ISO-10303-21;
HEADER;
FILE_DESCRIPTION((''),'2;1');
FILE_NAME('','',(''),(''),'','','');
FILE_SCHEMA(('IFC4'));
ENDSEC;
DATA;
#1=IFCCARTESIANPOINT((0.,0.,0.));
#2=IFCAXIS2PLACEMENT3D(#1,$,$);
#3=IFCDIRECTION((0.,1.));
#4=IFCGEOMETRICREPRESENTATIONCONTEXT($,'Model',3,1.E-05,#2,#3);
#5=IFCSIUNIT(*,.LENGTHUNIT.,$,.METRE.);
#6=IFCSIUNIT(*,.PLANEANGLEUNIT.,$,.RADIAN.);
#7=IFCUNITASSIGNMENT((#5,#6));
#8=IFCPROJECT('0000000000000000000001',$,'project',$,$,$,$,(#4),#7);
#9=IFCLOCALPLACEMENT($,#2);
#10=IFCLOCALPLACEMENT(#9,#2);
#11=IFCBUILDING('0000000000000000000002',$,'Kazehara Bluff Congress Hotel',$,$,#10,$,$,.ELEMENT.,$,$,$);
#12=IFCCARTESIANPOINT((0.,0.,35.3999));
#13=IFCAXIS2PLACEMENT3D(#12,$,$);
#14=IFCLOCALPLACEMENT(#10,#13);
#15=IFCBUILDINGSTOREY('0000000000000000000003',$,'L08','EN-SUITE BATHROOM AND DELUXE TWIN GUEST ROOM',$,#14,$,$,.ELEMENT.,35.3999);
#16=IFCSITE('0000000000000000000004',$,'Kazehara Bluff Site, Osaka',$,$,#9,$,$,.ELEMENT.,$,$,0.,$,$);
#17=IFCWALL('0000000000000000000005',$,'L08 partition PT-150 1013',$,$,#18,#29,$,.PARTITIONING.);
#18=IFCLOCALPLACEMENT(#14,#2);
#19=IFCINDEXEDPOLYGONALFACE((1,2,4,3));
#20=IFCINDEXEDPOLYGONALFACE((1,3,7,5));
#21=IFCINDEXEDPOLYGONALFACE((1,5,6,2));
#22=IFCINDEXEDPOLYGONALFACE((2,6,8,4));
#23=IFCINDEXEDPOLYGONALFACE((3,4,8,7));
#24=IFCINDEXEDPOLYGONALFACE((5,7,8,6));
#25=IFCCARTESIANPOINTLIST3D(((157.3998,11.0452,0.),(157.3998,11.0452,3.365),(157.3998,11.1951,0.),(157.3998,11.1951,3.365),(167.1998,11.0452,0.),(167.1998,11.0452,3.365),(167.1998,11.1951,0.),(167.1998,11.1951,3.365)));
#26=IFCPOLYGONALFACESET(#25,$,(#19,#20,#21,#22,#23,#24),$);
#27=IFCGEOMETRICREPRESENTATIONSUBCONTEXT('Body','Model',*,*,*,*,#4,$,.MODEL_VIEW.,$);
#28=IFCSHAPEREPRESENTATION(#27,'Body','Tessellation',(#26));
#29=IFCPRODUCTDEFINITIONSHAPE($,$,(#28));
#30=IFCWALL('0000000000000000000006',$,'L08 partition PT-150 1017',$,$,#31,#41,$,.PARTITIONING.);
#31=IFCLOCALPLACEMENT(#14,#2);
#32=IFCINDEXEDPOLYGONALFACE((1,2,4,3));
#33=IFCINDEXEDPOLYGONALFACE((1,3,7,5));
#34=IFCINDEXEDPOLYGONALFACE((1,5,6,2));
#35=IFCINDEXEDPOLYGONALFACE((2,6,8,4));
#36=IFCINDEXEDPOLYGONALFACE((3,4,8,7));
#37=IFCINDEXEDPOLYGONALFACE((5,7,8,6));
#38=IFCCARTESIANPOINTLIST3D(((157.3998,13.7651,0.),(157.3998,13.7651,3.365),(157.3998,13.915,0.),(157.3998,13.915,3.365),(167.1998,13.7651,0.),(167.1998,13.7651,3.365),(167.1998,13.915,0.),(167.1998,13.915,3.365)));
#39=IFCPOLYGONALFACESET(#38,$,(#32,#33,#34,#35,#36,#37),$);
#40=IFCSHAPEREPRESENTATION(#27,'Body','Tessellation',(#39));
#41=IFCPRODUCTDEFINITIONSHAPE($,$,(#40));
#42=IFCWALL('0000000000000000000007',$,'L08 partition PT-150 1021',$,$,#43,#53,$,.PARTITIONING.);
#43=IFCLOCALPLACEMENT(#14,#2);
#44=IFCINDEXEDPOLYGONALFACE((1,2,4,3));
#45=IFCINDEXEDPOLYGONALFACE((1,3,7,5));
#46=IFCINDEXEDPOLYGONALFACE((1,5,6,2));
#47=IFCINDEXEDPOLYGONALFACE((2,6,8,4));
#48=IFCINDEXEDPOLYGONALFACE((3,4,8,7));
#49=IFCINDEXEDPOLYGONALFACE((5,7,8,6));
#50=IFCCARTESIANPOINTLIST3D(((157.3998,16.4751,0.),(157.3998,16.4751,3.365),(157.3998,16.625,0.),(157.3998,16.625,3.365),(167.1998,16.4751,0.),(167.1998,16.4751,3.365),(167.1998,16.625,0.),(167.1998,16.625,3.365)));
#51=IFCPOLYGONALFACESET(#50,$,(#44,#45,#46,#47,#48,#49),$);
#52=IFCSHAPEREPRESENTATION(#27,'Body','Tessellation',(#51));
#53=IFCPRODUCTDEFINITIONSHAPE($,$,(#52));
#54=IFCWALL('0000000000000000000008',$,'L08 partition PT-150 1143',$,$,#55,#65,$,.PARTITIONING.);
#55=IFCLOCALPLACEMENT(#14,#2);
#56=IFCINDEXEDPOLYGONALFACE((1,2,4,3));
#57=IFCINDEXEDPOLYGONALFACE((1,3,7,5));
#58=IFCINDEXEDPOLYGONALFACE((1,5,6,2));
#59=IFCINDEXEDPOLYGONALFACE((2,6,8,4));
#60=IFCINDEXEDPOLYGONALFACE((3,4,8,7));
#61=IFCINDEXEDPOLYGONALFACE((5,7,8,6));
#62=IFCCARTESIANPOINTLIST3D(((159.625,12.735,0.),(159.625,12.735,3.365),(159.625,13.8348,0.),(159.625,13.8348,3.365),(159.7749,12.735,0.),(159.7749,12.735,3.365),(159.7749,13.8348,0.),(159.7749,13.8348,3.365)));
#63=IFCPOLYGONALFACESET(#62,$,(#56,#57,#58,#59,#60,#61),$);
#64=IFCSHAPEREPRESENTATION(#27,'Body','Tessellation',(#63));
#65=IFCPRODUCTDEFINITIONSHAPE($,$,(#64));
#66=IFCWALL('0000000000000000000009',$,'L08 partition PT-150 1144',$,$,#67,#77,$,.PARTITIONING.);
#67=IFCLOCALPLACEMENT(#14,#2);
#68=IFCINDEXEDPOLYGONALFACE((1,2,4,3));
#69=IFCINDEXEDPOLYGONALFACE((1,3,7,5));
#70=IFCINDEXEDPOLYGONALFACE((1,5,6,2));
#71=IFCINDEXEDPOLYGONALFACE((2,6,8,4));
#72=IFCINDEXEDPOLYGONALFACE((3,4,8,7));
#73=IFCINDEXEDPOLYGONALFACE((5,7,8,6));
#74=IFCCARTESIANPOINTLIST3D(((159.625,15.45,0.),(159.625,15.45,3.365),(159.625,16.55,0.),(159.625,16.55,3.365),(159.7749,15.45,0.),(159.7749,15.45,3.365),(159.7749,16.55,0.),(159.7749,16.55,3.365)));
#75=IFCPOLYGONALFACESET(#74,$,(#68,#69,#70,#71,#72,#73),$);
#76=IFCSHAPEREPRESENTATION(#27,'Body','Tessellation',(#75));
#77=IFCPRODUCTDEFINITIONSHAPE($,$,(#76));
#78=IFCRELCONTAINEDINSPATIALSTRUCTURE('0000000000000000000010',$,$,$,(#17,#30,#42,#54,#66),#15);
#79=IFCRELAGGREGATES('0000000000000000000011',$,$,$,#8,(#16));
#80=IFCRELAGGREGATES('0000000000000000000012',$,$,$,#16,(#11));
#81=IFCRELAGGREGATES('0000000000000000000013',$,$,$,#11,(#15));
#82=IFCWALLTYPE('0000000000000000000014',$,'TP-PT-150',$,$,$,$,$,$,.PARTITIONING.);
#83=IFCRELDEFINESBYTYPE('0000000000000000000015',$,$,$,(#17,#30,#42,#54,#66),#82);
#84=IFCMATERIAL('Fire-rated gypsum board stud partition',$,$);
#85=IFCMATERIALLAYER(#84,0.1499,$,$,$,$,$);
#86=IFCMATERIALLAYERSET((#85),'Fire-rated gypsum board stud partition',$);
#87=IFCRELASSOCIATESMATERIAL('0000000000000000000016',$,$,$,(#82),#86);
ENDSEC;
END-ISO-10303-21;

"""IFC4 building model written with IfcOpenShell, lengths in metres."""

from ifc_helpers import new_model, si_unit, direction, frame, frame_2d, origin, place, context, subcontext, project, spatial, rectangle, extrude, material, layer, layer_set, type_object, element, save


model = new_model("IFC4")

# Units and contexts
model_context = context("Model", 3, precision=1e-05, world=origin(), true_north=direction((0.0, 1.0)))
body_context = subcontext(model_context, "Body", "Model", "MODEL_VIEW")
ifc_project = project(units=[si_unit("LENGTHUNIT", "METRE"), si_unit("PLANEANGLEUNIT", "RADIAN")], contexts=[model_context])

# Site, building, storey
site_placement = place(None, origin())
site = spatial("IfcSite", under=ifc_project, at=site_placement, Name="Kazehara Bluff Site, Osaka", CompositionType="ELEMENT", RefElevation=0.0)
building_placement = place(site_placement, origin())
building = spatial("IfcBuilding", under=site, at=building_placement, Name="Kazehara Bluff Congress Hotel", CompositionType="ELEMENT")
storey_placement = place(building_placement, frame((0.0, 0.0, 35.3999)))
storey = spatial("IfcBuildingStorey", under=building, at=storey_placement, Name="L08", Description="EN-SUITE BATHROOM AND DELUXE TWIN GUEST ROOM", CompositionType="ELEMENT", Elevation=35.3999)

# Wall
ifc_material_1 = material(Name="Fire-rated gypsum board stud partition")
ifc_layer_1 = layer(ifc_material_1, 0.1499)
ifc_layer_set_1 = layer_set([ifc_layer_1], Name="Fire-rated gypsum board stud partition")
wall_type_1 = type_object("IfcWallType", Name="TP-PT-150", PredefinedType="PARTITIONING", material=ifc_layer_set_1)
wall_1_placement = place(storey_placement, frame((157.3999, 11.1201, 0.0), z_axis=(0.0, 0.0, 1.0), x_axis=(1.0, 0.0, 0.0)))
element("IfcWall", 1, at=wall_1_placement, inside=storey, type_object=wall_type_1, Name="L08 partition PT-150 1013", PredefinedType="PARTITIONING", context=body_context, shape_type="SweptSolid", body=[
    extrude(rectangle(XDim=9.8, YDim=0.1499, at=frame_2d((4.8999, 0.0))), origin(), (0.0, 0.0, 1.0), 3.365),
])

# Wall
wall_2_placement = place(storey_placement, frame((157.3999, 13.8401, 0.0), z_axis=(0.0, 0.0, 1.0), x_axis=(1.0, 0.0, 0.0)))
element("IfcWall", 2, at=wall_2_placement, inside=storey, type_object=wall_type_1, Name="L08 partition PT-150 1017", PredefinedType="PARTITIONING", context=body_context, shape_type="SweptSolid", body=[
    extrude(rectangle(XDim=9.8, YDim=0.1499, at=frame_2d((4.8999, 0.0))), origin(), (0.0, 0.0, 1.0), 3.365),
])

# Walls
wall_3_placement = place(storey_placement, frame((157.3999, 16.55, 0.0), z_axis=(0.0, 0.0, 1.0), x_axis=(1.0, 0.0, 0.0)))
element("IfcWall", 3, at=wall_3_placement, inside=storey, type_object=wall_type_1, Name="L08 partition PT-150 1021", PredefinedType="PARTITIONING", context=body_context, shape_type="SweptSolid", body=[
    extrude(rectangle(XDim=9.8, YDim=0.1499, at=frame_2d((4.8999, 0.0))), origin(), (0.0, 0.0, 1.0), 3.365),
])
wall_4_placement = place(storey_placement, frame((159.7, 12.7351, 0.0), z_axis=(0.0, 0.0, 1.0), x_axis=(0.0, 1.0, 0.0)))
element("IfcWall", 4, at=wall_4_placement, inside=storey, type_object=wall_type_1, Name="L08 partition PT-150 1143", PredefinedType="PARTITIONING", context=body_context, shape_type="SweptSolid", body=[
    extrude(rectangle(XDim=1.0999, YDim=0.1499, at=frame_2d((0.5498, 0.0))), origin(), (0.0, 0.0, 1.0), 3.365),
])
wall_5_placement = place(storey_placement, frame((159.7, 15.45, 0.0), z_axis=(0.0, 0.0, 1.0), x_axis=(0.0, 1.0, 0.0)))
element("IfcWall", 5, at=wall_5_placement, inside=storey, type_object=wall_type_1, Name="L08 partition PT-150 1144", PredefinedType="PARTITIONING", context=body_context, shape_type="SweptSolid", body=[
    extrude(rectangle(XDim=1.1001, YDim=0.1499, at=frame_2d((0.55, 0.0))), origin(), (0.0, 0.0, 1.0), 3.365),
])

save(model, "model.ifc")
